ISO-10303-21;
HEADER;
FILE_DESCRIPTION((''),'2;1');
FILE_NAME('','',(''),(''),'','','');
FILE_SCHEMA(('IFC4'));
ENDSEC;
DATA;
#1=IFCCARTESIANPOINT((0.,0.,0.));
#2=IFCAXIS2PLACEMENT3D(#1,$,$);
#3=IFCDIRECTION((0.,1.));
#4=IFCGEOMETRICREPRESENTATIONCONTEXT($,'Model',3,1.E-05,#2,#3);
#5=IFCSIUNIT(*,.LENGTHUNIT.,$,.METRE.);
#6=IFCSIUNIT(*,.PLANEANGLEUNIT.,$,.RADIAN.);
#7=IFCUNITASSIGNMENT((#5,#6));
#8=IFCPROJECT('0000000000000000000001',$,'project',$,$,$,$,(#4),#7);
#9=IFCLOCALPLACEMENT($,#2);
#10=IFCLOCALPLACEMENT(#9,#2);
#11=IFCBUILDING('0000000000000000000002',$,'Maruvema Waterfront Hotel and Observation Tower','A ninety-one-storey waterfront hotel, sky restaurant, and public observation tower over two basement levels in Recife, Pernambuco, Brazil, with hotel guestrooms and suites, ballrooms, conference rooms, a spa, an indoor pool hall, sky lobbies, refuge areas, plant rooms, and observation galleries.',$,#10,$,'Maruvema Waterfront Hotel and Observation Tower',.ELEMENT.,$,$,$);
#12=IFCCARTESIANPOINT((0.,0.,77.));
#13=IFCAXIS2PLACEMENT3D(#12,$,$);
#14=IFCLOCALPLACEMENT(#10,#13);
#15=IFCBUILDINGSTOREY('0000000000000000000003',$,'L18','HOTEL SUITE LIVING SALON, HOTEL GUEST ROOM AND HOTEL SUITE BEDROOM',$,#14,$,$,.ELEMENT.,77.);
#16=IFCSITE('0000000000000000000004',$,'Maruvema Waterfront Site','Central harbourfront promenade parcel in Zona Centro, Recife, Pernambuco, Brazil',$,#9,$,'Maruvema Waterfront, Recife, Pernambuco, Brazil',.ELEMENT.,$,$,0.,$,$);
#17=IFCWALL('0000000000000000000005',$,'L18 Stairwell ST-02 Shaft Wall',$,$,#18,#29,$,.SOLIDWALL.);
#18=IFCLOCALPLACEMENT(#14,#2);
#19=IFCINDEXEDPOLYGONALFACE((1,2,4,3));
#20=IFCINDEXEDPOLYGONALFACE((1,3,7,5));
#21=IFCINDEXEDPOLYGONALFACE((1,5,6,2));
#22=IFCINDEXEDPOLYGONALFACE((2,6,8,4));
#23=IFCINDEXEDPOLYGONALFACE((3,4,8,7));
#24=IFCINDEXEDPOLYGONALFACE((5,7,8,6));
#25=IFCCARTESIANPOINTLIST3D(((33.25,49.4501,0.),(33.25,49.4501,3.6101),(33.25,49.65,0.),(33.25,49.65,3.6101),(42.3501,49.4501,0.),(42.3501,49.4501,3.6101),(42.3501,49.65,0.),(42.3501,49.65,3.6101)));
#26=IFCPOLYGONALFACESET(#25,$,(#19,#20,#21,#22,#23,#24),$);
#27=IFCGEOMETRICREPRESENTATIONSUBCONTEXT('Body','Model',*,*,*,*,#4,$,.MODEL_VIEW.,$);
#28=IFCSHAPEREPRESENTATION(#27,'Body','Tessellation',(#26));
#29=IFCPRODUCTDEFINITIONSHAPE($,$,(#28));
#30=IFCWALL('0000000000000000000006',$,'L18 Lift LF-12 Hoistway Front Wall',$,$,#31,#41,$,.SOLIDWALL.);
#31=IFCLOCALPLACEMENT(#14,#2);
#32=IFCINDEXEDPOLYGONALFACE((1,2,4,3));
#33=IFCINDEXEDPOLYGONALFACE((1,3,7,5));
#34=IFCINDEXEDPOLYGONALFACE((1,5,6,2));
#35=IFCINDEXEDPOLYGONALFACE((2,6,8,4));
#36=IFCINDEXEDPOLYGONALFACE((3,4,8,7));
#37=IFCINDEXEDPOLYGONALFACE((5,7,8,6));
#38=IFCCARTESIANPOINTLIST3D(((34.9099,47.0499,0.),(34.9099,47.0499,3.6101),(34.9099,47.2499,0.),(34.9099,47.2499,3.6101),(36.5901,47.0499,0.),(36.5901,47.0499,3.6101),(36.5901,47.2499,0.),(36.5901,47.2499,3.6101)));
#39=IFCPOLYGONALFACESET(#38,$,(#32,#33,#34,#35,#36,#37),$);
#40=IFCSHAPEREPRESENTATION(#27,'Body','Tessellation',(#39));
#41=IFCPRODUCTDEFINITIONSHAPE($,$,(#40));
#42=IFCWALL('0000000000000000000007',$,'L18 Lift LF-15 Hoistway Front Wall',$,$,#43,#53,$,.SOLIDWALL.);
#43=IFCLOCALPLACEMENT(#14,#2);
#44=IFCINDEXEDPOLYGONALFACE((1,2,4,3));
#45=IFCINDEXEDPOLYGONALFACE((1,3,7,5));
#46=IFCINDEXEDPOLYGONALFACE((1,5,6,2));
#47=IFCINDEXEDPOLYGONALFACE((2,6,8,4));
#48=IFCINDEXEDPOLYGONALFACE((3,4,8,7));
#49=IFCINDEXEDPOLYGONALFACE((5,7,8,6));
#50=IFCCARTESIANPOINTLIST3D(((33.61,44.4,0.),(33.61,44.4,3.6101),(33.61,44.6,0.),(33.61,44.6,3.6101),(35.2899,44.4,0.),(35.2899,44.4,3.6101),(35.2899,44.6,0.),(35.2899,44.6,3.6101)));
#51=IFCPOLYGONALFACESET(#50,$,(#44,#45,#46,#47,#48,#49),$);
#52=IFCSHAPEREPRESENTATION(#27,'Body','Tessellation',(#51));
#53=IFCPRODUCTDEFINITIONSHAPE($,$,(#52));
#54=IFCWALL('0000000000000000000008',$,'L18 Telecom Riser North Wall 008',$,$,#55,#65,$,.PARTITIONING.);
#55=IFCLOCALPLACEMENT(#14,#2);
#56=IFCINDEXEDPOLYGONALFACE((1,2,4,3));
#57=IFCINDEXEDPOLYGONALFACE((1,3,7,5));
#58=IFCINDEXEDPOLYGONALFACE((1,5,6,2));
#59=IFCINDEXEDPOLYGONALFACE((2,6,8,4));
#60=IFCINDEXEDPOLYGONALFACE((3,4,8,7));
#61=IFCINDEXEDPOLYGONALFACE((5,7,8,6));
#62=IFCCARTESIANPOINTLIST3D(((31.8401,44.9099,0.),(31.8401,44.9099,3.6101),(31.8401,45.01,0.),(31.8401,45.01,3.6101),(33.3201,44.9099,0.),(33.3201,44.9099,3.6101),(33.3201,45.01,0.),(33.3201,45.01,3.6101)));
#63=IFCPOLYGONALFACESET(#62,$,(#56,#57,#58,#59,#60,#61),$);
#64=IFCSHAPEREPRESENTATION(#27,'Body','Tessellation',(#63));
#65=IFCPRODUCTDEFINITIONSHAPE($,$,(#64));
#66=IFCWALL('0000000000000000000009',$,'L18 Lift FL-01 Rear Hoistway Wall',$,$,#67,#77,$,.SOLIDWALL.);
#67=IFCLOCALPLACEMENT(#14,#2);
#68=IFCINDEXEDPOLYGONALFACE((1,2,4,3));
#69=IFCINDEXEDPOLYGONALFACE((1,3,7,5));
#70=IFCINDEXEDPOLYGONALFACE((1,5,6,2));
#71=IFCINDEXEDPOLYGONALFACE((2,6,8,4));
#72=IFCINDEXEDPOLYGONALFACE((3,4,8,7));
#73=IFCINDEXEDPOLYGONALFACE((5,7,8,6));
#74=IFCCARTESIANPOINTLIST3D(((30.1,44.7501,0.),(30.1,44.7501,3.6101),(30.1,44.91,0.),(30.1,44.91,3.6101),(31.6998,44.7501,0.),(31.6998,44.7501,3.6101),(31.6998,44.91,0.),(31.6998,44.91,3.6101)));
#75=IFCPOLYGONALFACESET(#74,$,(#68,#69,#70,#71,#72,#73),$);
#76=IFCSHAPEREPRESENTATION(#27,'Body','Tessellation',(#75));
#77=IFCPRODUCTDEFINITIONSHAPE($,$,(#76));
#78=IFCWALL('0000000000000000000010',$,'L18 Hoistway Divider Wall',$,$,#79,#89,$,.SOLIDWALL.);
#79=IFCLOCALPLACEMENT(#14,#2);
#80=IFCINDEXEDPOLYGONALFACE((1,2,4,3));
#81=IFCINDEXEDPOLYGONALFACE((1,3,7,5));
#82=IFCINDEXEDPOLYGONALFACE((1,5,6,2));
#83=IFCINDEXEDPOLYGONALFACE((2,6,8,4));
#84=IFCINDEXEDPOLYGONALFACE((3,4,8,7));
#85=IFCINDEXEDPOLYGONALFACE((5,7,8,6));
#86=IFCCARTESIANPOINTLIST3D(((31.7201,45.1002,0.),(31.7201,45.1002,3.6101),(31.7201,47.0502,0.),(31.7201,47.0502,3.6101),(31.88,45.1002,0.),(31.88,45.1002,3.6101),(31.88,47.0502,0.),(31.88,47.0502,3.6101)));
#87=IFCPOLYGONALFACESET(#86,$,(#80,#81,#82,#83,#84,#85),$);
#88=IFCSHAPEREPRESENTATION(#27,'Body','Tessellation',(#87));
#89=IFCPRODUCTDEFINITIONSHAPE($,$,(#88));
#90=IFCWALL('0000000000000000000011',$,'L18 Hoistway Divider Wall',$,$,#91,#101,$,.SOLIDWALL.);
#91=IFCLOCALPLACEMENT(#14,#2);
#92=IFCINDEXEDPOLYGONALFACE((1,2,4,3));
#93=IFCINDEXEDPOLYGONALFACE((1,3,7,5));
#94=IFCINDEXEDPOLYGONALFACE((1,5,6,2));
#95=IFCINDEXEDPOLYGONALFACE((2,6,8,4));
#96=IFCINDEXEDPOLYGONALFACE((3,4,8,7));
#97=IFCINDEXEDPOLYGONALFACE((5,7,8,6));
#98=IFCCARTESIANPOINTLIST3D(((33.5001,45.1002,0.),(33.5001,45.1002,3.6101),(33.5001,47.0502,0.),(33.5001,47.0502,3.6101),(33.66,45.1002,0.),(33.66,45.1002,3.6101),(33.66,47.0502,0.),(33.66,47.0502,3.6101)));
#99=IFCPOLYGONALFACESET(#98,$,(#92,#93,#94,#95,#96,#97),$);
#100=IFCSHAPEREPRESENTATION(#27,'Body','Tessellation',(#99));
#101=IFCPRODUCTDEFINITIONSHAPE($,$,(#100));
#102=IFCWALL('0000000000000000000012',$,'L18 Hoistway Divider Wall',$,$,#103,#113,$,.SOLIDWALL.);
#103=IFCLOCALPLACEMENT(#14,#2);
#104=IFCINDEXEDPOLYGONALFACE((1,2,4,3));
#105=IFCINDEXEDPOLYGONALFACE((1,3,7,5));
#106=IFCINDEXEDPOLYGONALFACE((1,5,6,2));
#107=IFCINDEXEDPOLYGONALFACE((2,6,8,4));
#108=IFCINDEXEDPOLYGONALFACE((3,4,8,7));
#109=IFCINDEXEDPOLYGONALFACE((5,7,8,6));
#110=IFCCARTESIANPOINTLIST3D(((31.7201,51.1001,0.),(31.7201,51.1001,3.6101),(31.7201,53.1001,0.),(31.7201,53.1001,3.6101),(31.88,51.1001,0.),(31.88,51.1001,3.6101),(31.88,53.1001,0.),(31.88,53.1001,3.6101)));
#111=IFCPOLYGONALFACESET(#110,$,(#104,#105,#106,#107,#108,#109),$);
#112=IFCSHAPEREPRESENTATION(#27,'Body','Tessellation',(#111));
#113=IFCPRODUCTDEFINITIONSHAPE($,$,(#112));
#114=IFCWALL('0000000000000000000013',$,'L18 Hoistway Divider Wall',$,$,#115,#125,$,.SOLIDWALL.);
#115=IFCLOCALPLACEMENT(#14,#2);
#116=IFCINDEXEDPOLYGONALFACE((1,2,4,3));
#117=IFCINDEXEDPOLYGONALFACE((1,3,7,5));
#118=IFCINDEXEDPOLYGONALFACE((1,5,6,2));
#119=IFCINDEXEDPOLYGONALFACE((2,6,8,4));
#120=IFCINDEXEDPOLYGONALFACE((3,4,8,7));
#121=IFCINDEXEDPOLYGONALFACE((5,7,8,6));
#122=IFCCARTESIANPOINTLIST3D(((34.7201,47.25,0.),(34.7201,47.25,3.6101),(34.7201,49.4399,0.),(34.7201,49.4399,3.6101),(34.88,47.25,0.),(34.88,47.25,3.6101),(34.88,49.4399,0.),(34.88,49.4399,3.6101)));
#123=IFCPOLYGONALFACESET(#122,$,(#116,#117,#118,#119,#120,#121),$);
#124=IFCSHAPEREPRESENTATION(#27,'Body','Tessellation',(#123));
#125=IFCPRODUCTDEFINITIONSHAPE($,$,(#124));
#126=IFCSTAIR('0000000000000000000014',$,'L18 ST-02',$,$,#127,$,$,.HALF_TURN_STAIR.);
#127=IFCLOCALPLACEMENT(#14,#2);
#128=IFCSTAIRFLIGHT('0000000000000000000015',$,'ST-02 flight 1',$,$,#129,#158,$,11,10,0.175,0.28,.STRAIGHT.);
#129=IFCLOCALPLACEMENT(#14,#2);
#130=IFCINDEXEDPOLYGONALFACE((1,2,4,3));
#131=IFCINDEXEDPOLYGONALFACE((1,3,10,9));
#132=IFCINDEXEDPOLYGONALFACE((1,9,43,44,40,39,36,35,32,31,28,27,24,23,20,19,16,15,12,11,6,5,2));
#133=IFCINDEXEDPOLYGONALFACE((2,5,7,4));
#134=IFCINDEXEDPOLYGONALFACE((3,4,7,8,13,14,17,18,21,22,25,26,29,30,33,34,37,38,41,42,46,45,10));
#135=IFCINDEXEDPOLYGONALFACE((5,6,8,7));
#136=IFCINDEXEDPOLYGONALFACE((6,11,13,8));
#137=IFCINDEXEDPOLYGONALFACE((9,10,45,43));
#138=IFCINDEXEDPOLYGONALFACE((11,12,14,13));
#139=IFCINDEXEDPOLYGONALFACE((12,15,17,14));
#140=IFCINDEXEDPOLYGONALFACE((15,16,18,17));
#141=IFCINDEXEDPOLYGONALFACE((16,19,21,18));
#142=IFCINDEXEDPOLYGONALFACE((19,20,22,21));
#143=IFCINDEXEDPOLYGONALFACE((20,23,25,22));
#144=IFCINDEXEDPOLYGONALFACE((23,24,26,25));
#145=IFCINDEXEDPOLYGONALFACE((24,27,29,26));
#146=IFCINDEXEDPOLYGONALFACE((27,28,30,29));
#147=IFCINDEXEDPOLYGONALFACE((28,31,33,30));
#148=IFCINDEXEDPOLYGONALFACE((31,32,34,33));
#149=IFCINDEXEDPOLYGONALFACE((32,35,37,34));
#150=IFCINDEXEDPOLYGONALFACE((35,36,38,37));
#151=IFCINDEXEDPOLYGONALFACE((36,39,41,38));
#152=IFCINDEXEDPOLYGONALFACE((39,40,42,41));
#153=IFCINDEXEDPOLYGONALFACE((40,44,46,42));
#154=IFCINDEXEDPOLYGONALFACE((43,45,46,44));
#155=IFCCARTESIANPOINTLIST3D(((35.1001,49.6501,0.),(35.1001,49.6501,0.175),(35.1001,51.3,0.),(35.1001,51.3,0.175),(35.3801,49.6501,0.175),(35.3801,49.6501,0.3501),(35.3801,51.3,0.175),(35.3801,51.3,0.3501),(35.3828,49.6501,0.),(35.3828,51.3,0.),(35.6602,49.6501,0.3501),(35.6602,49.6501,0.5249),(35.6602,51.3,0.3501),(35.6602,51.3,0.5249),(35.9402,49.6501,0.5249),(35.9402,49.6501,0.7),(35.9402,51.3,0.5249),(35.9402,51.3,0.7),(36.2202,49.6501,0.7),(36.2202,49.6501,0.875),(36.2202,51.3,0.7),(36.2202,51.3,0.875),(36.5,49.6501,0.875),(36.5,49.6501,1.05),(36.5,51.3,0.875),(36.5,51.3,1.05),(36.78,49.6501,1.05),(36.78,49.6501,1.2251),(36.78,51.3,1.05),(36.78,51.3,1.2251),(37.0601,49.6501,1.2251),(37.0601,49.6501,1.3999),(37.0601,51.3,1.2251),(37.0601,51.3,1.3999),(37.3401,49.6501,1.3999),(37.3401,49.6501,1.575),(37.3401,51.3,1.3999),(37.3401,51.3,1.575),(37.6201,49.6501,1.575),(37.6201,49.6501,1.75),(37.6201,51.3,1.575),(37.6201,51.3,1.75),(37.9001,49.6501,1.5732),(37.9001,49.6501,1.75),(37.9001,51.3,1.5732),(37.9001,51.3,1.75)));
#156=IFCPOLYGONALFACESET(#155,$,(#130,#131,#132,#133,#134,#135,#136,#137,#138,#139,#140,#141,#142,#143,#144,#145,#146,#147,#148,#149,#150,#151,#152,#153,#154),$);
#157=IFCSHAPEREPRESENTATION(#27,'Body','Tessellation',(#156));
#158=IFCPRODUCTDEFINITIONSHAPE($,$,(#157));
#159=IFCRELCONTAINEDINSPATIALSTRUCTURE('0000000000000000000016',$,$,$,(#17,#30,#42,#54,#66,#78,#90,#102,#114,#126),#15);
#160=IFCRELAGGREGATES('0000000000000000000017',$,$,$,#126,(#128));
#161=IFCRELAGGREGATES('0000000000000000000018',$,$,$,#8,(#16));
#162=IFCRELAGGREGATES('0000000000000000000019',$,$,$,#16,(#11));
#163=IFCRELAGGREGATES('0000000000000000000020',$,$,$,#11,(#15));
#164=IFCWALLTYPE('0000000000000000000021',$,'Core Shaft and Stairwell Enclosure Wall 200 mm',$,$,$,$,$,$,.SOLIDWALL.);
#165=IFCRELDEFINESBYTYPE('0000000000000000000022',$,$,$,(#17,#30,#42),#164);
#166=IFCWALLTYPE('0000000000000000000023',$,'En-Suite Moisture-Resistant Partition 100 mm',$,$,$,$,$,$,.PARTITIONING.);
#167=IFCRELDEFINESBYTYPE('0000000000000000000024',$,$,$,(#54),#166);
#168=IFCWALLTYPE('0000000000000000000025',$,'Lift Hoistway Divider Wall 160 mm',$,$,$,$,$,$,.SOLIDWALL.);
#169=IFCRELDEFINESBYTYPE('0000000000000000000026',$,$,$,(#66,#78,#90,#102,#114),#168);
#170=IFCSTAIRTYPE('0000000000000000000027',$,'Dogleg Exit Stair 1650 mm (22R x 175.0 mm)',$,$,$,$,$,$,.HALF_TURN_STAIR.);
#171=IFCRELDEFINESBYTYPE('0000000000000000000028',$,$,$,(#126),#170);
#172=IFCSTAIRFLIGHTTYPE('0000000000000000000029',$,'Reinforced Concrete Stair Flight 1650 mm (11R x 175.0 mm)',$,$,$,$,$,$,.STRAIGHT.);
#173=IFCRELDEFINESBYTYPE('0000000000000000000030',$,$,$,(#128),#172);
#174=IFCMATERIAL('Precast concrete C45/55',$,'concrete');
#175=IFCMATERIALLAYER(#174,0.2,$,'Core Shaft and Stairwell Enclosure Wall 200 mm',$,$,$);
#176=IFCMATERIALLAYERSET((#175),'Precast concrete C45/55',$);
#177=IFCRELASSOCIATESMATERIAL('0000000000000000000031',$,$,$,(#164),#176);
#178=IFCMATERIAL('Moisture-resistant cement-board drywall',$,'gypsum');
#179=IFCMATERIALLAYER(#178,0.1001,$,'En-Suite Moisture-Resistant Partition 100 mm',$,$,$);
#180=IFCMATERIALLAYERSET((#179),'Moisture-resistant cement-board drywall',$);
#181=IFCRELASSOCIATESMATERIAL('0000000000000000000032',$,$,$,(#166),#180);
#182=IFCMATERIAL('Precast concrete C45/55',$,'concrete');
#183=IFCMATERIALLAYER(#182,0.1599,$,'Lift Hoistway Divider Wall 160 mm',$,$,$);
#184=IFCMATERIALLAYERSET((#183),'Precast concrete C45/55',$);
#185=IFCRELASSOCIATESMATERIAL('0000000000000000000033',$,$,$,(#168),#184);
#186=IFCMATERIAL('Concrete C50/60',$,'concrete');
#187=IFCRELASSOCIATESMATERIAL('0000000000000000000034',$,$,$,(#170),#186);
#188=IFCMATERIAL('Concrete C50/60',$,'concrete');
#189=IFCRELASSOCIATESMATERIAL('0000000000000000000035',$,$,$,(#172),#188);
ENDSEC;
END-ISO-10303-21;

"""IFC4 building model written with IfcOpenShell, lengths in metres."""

from ifc_helpers import new_model, si_unit, direction, frame, frame_2d, origin, place, context, subcontext, project, spatial, polyline, rectangle, outline, extrude, material, layer, layer_set, type_object, element, aggregate, save


model = new_model("IFC4")

# Units and contexts
model_context = context("Model", 3, precision=1e-05, world=origin(), true_north=direction((0.0, 1.0)))
body_context = subcontext(model_context, "Body", "Model", "MODEL_VIEW")
ifc_project = project(units=[si_unit("LENGTHUNIT", "METRE"), si_unit("PLANEANGLEUNIT", "RADIAN")], contexts=[model_context])

# Site, building, storey
site_placement = place(None, origin())
site = spatial("IfcSite", under=ifc_project, at=site_placement, Name="Maruvema Waterfront Site", Description="Central harbourfront promenade parcel in Zona Centro, Recife, Pernambuco, Brazil", LongName="Maruvema Waterfront, Recife, Pernambuco, Brazil", CompositionType="ELEMENT", RefElevation=0.0)
building_placement = place(site_placement, origin())
building = spatial("IfcBuilding", under=site, at=building_placement, Name="Maruvema Waterfront Hotel and Observation Tower", Description="A ninety-one-storey waterfront hotel, sky restaurant, and public observation tower over two basement levels in Recife, Pernambuco, Brazil, with hotel guestrooms and suites, ballrooms, conference rooms, a spa, an indoor pool hall, sky lobbies, refuge areas, plant rooms, and observation galleries.", LongName="Maruvema Waterfront Hotel and Observation Tower", CompositionType="ELEMENT")
storey_placement = place(building_placement, frame((0.0, 0.0, 77.0)))
storey = spatial("IfcBuildingStorey", under=building, at=storey_placement, Name="L18", Description="HOTEL SUITE LIVING SALON, HOTEL GUEST ROOM AND HOTEL SUITE BEDROOM", CompositionType="ELEMENT", Elevation=77.0)

# Wall
ifc_material_1 = material(Name="Precast concrete C45/55", Category="concrete")
ifc_layer_1 = layer(ifc_material_1, 0.2, Name="Core Shaft and Stairwell Enclosure Wall 200 mm")
ifc_layer_set_1 = layer_set([ifc_layer_1], Name="Precast concrete C45/55")
wall_type_1 = type_object("IfcWallType", Name="Core Shaft and Stairwell Enclosure Wall 200 mm", PredefinedType="SOLIDWALL", material=ifc_layer_set_1)
wall_1_placement = place(storey_placement, frame((33.25, 49.55, 0.0), z_axis=(0.0, 0.0, 1.0), x_axis=(1.0, 0.0, 0.0)))
element("IfcWall", 1, at=wall_1_placement, inside=storey, type_object=wall_type_1, Name="L18 Stairwell ST-02 Shaft Wall", PredefinedType="SOLIDWALL", context=body_context, shape_type="SweptSolid", body=[
    extrude(rectangle(XDim=9.1001, YDim=0.2, at=frame_2d((4.55, 0.0))), origin(), (0.0, 0.0, 1.0), 3.6101),
])

# Walls
wall_2_placement = place(storey_placement, frame((34.9099, 47.1499, 0.0), z_axis=(0.0, 0.0, 1.0), x_axis=(1.0, 0.0, 0.0)))
element("IfcWall", 2, at=wall_2_placement, inside=storey, type_object=wall_type_1, Name="L18 Lift LF-12 Hoistway Front Wall", PredefinedType="SOLIDWALL", context=body_context, shape_type="SweptSolid", body=[
    extrude(rectangle(XDim=1.6802, YDim=0.2, at=frame_2d((0.8401, 0.0))), origin(), (0.0, 0.0, 1.0), 3.6101),
])
wall_3_placement = place(storey_placement, frame((33.6101, 44.5, 0.0), z_axis=(0.0, 0.0, 1.0), x_axis=(1.0, 0.0, 0.0)))
element("IfcWall", 3, at=wall_3_placement, inside=storey, type_object=wall_type_1, Name="L18 Lift LF-15 Hoistway Front Wall", PredefinedType="SOLIDWALL", context=body_context, shape_type="SweptSolid", body=[
    extrude(rectangle(XDim=1.6799, YDim=0.2, at=frame_2d((0.8398, 0.0))), origin(), (0.0, 0.0, 1.0), 3.6101),
])
ifc_material_2 = material(Name="Moisture-resistant cement-board drywall", Category="gypsum")
ifc_layer_2 = layer(ifc_material_2, 0.1001, Name="En-Suite Moisture-Resistant Partition 100 mm")
ifc_layer_set_2 = layer_set([ifc_layer_2], Name="Moisture-resistant cement-board drywall")
wall_type_2 = type_object("IfcWallType", Name="En-Suite Moisture-Resistant Partition 100 mm", PredefinedType="PARTITIONING", material=ifc_layer_set_2)
wall_4_placement = place(storey_placement, frame((31.8401, 44.96, 0.0), z_axis=(0.0, 0.0, 1.0), x_axis=(1.0, 0.0, 0.0)))
element("IfcWall", 4, at=wall_4_placement, inside=storey, type_object=wall_type_2, Name="L18 Telecom Riser North Wall 008", PredefinedType="PARTITIONING", context=body_context, shape_type="SweptSolid", body=[
    extrude(rectangle(XDim=1.48, YDim=0.1001, at=frame_2d((0.74, 0.0))), origin(), (0.0, 0.0, 1.0), 3.6101),
])
ifc_material_3 = material(Name="Precast concrete C45/55", Category="concrete")
ifc_layer_3 = layer(ifc_material_3, 0.1599, Name="Lift Hoistway Divider Wall 160 mm")
ifc_layer_set_3 = layer_set([ifc_layer_3], Name="Precast concrete C45/55")
wall_type_3 = type_object("IfcWallType", Name="Lift Hoistway Divider Wall 160 mm", PredefinedType="SOLIDWALL", material=ifc_layer_set_3)
wall_5_placement = place(storey_placement, frame((30.1001, 44.8301, 0.0), z_axis=(0.0, 0.0, 1.0), x_axis=(1.0, 0.0, 0.0)))
element("IfcWall", 5, at=wall_5_placement, inside=storey, type_object=wall_type_3, Name="L18 Lift FL-01 Rear Hoistway Wall", PredefinedType="SOLIDWALL", context=body_context, shape_type="SweptSolid", body=[
    extrude(rectangle(XDim=1.5999, YDim=0.1599, at=frame_2d((0.7998, 0.0))), origin(), (0.0, 0.0, 1.0), 3.6101),
])
for number, where, z_axis, x_axis, name in (
    (6, (31.8, 45.1001, 0.0), (0.0, 0.0, 1.0), (0.0, 1.0, 0.0), "L18 Hoistway Divider Wall"),
    (7, (33.5801, 45.1001, 0.0), (0.0, 0.0, 1.0), (0.0, 1.0, 0.0), "L18 Hoistway Divider Wall"),
):
    element("IfcWall", number, at=place(storey_placement, frame(where, z_axis=z_axis, x_axis=x_axis)), inside=storey, type_object=wall_type_3, Name=name, PredefinedType="SOLIDWALL", context=body_context, shape_type="SweptSolid", body=[
        extrude(rectangle(XDim=1.95, YDim=0.1599, at=frame_2d((0.9751, 0.0))), origin(), (0.0, 0.0, 1.0), 3.6101),
    ])
wall_6_placement = place(storey_placement, frame((31.8, 51.1001, 0.0), z_axis=(0.0, 0.0, 1.0), x_axis=(0.0, 1.0, 0.0)))
element("IfcWall", 8, at=wall_6_placement, inside=storey, type_object=wall_type_3, Name="L18 Hoistway Divider Wall", PredefinedType="SOLIDWALL", context=body_context, shape_type="SweptSolid", body=[
    extrude(rectangle(XDim=2.0, YDim=0.1599, at=frame_2d((1.0, 0.0))), origin(), (0.0, 0.0, 1.0), 3.6101),
])
wall_7_placement = place(storey_placement, frame((34.8, 47.25, 0.0), z_axis=(0.0, 0.0, 1.0), x_axis=(0.0, 1.0, 0.0)))
element("IfcWall", 9, at=wall_7_placement, inside=storey, type_object=wall_type_3, Name="L18 Hoistway Divider Wall", PredefinedType="SOLIDWALL", context=body_context, shape_type="SweptSolid", body=[
    extrude(rectangle(XDim=2.1899, YDim=0.1599, at=frame_2d((1.095, 0.0))), origin(), (0.0, 0.0, 1.0), 3.6101),
])

# Stair, stair flight
ifc_material_4 = material(Name="Concrete C50/60", Category="concrete")
stair_type = type_object("IfcStairType", Name="Dogleg Exit Stair 1650 mm (22R x 175.0 mm)", PredefinedType="HALF_TURN_STAIR", material=ifc_material_4)
stair_placement = place(storey_placement, origin())
stair = element("IfcStair", 10, at=stair_placement, inside=storey, type_object=stair_type, Name="L18 ST-02", PredefinedType="HALF_TURN_STAIR")
ifc_material_5 = material(Name="Concrete C50/60", Category="concrete")
stair_flight_type = type_object("IfcStairFlightType", Name="Reinforced Concrete Stair Flight 1650 mm (11R x 175.0 mm)", PredefinedType="STRAIGHT", material=ifc_material_5)
stair_flight_placement = place(storey_placement, frame((35.1001, 50.4751, 0.0), z_axis=(0.0, 0.0, 1.0), x_axis=(1.0, 0.0, 0.0)))
stair_flight = element("IfcStairFlight", 11, at=stair_flight_placement, type_object=stair_flight_type, Name="ST-02 flight 1", NumberOfRisers=11, NumberOfTreads=10, PredefinedType="STRAIGHT", RiserHeight=0.175, TreadLength=0.28, context=body_context, shape_type="SweptSolid", body=[
    extrude(outline(polyline([(0.0, 0.0), (0.0, 0.175), (0.28, 0.175), (0.28, 0.3501), (0.5601, 0.3501), (0.5601, 0.5249), (0.8401, 0.5249), (0.8401, 0.7), (1.1201, 0.7), (1.1201, 0.875), (1.3999, 0.875), (1.3999, 1.05), (1.6799, 1.05), (1.6799, 1.2251), (1.96, 1.2251), (1.96, 1.3999), (2.24, 1.3999), (2.24, 1.575), (2.52, 1.575), (2.52, 1.75), (2.8, 1.75), (2.8, 1.925), (2.8, 1.5732), (0.2827, 0.0), (0.0, 0.0)])), frame((0.0, 0.825, 0.0), z_axis=(0.0, -1.0, 0.0), x_axis=(1.0, 0.0, 0.0)), (0.0, 0.0, 1.0), 1.6499),
])
aggregate(stair, [stair_flight])

save(model, "model.ifc")
